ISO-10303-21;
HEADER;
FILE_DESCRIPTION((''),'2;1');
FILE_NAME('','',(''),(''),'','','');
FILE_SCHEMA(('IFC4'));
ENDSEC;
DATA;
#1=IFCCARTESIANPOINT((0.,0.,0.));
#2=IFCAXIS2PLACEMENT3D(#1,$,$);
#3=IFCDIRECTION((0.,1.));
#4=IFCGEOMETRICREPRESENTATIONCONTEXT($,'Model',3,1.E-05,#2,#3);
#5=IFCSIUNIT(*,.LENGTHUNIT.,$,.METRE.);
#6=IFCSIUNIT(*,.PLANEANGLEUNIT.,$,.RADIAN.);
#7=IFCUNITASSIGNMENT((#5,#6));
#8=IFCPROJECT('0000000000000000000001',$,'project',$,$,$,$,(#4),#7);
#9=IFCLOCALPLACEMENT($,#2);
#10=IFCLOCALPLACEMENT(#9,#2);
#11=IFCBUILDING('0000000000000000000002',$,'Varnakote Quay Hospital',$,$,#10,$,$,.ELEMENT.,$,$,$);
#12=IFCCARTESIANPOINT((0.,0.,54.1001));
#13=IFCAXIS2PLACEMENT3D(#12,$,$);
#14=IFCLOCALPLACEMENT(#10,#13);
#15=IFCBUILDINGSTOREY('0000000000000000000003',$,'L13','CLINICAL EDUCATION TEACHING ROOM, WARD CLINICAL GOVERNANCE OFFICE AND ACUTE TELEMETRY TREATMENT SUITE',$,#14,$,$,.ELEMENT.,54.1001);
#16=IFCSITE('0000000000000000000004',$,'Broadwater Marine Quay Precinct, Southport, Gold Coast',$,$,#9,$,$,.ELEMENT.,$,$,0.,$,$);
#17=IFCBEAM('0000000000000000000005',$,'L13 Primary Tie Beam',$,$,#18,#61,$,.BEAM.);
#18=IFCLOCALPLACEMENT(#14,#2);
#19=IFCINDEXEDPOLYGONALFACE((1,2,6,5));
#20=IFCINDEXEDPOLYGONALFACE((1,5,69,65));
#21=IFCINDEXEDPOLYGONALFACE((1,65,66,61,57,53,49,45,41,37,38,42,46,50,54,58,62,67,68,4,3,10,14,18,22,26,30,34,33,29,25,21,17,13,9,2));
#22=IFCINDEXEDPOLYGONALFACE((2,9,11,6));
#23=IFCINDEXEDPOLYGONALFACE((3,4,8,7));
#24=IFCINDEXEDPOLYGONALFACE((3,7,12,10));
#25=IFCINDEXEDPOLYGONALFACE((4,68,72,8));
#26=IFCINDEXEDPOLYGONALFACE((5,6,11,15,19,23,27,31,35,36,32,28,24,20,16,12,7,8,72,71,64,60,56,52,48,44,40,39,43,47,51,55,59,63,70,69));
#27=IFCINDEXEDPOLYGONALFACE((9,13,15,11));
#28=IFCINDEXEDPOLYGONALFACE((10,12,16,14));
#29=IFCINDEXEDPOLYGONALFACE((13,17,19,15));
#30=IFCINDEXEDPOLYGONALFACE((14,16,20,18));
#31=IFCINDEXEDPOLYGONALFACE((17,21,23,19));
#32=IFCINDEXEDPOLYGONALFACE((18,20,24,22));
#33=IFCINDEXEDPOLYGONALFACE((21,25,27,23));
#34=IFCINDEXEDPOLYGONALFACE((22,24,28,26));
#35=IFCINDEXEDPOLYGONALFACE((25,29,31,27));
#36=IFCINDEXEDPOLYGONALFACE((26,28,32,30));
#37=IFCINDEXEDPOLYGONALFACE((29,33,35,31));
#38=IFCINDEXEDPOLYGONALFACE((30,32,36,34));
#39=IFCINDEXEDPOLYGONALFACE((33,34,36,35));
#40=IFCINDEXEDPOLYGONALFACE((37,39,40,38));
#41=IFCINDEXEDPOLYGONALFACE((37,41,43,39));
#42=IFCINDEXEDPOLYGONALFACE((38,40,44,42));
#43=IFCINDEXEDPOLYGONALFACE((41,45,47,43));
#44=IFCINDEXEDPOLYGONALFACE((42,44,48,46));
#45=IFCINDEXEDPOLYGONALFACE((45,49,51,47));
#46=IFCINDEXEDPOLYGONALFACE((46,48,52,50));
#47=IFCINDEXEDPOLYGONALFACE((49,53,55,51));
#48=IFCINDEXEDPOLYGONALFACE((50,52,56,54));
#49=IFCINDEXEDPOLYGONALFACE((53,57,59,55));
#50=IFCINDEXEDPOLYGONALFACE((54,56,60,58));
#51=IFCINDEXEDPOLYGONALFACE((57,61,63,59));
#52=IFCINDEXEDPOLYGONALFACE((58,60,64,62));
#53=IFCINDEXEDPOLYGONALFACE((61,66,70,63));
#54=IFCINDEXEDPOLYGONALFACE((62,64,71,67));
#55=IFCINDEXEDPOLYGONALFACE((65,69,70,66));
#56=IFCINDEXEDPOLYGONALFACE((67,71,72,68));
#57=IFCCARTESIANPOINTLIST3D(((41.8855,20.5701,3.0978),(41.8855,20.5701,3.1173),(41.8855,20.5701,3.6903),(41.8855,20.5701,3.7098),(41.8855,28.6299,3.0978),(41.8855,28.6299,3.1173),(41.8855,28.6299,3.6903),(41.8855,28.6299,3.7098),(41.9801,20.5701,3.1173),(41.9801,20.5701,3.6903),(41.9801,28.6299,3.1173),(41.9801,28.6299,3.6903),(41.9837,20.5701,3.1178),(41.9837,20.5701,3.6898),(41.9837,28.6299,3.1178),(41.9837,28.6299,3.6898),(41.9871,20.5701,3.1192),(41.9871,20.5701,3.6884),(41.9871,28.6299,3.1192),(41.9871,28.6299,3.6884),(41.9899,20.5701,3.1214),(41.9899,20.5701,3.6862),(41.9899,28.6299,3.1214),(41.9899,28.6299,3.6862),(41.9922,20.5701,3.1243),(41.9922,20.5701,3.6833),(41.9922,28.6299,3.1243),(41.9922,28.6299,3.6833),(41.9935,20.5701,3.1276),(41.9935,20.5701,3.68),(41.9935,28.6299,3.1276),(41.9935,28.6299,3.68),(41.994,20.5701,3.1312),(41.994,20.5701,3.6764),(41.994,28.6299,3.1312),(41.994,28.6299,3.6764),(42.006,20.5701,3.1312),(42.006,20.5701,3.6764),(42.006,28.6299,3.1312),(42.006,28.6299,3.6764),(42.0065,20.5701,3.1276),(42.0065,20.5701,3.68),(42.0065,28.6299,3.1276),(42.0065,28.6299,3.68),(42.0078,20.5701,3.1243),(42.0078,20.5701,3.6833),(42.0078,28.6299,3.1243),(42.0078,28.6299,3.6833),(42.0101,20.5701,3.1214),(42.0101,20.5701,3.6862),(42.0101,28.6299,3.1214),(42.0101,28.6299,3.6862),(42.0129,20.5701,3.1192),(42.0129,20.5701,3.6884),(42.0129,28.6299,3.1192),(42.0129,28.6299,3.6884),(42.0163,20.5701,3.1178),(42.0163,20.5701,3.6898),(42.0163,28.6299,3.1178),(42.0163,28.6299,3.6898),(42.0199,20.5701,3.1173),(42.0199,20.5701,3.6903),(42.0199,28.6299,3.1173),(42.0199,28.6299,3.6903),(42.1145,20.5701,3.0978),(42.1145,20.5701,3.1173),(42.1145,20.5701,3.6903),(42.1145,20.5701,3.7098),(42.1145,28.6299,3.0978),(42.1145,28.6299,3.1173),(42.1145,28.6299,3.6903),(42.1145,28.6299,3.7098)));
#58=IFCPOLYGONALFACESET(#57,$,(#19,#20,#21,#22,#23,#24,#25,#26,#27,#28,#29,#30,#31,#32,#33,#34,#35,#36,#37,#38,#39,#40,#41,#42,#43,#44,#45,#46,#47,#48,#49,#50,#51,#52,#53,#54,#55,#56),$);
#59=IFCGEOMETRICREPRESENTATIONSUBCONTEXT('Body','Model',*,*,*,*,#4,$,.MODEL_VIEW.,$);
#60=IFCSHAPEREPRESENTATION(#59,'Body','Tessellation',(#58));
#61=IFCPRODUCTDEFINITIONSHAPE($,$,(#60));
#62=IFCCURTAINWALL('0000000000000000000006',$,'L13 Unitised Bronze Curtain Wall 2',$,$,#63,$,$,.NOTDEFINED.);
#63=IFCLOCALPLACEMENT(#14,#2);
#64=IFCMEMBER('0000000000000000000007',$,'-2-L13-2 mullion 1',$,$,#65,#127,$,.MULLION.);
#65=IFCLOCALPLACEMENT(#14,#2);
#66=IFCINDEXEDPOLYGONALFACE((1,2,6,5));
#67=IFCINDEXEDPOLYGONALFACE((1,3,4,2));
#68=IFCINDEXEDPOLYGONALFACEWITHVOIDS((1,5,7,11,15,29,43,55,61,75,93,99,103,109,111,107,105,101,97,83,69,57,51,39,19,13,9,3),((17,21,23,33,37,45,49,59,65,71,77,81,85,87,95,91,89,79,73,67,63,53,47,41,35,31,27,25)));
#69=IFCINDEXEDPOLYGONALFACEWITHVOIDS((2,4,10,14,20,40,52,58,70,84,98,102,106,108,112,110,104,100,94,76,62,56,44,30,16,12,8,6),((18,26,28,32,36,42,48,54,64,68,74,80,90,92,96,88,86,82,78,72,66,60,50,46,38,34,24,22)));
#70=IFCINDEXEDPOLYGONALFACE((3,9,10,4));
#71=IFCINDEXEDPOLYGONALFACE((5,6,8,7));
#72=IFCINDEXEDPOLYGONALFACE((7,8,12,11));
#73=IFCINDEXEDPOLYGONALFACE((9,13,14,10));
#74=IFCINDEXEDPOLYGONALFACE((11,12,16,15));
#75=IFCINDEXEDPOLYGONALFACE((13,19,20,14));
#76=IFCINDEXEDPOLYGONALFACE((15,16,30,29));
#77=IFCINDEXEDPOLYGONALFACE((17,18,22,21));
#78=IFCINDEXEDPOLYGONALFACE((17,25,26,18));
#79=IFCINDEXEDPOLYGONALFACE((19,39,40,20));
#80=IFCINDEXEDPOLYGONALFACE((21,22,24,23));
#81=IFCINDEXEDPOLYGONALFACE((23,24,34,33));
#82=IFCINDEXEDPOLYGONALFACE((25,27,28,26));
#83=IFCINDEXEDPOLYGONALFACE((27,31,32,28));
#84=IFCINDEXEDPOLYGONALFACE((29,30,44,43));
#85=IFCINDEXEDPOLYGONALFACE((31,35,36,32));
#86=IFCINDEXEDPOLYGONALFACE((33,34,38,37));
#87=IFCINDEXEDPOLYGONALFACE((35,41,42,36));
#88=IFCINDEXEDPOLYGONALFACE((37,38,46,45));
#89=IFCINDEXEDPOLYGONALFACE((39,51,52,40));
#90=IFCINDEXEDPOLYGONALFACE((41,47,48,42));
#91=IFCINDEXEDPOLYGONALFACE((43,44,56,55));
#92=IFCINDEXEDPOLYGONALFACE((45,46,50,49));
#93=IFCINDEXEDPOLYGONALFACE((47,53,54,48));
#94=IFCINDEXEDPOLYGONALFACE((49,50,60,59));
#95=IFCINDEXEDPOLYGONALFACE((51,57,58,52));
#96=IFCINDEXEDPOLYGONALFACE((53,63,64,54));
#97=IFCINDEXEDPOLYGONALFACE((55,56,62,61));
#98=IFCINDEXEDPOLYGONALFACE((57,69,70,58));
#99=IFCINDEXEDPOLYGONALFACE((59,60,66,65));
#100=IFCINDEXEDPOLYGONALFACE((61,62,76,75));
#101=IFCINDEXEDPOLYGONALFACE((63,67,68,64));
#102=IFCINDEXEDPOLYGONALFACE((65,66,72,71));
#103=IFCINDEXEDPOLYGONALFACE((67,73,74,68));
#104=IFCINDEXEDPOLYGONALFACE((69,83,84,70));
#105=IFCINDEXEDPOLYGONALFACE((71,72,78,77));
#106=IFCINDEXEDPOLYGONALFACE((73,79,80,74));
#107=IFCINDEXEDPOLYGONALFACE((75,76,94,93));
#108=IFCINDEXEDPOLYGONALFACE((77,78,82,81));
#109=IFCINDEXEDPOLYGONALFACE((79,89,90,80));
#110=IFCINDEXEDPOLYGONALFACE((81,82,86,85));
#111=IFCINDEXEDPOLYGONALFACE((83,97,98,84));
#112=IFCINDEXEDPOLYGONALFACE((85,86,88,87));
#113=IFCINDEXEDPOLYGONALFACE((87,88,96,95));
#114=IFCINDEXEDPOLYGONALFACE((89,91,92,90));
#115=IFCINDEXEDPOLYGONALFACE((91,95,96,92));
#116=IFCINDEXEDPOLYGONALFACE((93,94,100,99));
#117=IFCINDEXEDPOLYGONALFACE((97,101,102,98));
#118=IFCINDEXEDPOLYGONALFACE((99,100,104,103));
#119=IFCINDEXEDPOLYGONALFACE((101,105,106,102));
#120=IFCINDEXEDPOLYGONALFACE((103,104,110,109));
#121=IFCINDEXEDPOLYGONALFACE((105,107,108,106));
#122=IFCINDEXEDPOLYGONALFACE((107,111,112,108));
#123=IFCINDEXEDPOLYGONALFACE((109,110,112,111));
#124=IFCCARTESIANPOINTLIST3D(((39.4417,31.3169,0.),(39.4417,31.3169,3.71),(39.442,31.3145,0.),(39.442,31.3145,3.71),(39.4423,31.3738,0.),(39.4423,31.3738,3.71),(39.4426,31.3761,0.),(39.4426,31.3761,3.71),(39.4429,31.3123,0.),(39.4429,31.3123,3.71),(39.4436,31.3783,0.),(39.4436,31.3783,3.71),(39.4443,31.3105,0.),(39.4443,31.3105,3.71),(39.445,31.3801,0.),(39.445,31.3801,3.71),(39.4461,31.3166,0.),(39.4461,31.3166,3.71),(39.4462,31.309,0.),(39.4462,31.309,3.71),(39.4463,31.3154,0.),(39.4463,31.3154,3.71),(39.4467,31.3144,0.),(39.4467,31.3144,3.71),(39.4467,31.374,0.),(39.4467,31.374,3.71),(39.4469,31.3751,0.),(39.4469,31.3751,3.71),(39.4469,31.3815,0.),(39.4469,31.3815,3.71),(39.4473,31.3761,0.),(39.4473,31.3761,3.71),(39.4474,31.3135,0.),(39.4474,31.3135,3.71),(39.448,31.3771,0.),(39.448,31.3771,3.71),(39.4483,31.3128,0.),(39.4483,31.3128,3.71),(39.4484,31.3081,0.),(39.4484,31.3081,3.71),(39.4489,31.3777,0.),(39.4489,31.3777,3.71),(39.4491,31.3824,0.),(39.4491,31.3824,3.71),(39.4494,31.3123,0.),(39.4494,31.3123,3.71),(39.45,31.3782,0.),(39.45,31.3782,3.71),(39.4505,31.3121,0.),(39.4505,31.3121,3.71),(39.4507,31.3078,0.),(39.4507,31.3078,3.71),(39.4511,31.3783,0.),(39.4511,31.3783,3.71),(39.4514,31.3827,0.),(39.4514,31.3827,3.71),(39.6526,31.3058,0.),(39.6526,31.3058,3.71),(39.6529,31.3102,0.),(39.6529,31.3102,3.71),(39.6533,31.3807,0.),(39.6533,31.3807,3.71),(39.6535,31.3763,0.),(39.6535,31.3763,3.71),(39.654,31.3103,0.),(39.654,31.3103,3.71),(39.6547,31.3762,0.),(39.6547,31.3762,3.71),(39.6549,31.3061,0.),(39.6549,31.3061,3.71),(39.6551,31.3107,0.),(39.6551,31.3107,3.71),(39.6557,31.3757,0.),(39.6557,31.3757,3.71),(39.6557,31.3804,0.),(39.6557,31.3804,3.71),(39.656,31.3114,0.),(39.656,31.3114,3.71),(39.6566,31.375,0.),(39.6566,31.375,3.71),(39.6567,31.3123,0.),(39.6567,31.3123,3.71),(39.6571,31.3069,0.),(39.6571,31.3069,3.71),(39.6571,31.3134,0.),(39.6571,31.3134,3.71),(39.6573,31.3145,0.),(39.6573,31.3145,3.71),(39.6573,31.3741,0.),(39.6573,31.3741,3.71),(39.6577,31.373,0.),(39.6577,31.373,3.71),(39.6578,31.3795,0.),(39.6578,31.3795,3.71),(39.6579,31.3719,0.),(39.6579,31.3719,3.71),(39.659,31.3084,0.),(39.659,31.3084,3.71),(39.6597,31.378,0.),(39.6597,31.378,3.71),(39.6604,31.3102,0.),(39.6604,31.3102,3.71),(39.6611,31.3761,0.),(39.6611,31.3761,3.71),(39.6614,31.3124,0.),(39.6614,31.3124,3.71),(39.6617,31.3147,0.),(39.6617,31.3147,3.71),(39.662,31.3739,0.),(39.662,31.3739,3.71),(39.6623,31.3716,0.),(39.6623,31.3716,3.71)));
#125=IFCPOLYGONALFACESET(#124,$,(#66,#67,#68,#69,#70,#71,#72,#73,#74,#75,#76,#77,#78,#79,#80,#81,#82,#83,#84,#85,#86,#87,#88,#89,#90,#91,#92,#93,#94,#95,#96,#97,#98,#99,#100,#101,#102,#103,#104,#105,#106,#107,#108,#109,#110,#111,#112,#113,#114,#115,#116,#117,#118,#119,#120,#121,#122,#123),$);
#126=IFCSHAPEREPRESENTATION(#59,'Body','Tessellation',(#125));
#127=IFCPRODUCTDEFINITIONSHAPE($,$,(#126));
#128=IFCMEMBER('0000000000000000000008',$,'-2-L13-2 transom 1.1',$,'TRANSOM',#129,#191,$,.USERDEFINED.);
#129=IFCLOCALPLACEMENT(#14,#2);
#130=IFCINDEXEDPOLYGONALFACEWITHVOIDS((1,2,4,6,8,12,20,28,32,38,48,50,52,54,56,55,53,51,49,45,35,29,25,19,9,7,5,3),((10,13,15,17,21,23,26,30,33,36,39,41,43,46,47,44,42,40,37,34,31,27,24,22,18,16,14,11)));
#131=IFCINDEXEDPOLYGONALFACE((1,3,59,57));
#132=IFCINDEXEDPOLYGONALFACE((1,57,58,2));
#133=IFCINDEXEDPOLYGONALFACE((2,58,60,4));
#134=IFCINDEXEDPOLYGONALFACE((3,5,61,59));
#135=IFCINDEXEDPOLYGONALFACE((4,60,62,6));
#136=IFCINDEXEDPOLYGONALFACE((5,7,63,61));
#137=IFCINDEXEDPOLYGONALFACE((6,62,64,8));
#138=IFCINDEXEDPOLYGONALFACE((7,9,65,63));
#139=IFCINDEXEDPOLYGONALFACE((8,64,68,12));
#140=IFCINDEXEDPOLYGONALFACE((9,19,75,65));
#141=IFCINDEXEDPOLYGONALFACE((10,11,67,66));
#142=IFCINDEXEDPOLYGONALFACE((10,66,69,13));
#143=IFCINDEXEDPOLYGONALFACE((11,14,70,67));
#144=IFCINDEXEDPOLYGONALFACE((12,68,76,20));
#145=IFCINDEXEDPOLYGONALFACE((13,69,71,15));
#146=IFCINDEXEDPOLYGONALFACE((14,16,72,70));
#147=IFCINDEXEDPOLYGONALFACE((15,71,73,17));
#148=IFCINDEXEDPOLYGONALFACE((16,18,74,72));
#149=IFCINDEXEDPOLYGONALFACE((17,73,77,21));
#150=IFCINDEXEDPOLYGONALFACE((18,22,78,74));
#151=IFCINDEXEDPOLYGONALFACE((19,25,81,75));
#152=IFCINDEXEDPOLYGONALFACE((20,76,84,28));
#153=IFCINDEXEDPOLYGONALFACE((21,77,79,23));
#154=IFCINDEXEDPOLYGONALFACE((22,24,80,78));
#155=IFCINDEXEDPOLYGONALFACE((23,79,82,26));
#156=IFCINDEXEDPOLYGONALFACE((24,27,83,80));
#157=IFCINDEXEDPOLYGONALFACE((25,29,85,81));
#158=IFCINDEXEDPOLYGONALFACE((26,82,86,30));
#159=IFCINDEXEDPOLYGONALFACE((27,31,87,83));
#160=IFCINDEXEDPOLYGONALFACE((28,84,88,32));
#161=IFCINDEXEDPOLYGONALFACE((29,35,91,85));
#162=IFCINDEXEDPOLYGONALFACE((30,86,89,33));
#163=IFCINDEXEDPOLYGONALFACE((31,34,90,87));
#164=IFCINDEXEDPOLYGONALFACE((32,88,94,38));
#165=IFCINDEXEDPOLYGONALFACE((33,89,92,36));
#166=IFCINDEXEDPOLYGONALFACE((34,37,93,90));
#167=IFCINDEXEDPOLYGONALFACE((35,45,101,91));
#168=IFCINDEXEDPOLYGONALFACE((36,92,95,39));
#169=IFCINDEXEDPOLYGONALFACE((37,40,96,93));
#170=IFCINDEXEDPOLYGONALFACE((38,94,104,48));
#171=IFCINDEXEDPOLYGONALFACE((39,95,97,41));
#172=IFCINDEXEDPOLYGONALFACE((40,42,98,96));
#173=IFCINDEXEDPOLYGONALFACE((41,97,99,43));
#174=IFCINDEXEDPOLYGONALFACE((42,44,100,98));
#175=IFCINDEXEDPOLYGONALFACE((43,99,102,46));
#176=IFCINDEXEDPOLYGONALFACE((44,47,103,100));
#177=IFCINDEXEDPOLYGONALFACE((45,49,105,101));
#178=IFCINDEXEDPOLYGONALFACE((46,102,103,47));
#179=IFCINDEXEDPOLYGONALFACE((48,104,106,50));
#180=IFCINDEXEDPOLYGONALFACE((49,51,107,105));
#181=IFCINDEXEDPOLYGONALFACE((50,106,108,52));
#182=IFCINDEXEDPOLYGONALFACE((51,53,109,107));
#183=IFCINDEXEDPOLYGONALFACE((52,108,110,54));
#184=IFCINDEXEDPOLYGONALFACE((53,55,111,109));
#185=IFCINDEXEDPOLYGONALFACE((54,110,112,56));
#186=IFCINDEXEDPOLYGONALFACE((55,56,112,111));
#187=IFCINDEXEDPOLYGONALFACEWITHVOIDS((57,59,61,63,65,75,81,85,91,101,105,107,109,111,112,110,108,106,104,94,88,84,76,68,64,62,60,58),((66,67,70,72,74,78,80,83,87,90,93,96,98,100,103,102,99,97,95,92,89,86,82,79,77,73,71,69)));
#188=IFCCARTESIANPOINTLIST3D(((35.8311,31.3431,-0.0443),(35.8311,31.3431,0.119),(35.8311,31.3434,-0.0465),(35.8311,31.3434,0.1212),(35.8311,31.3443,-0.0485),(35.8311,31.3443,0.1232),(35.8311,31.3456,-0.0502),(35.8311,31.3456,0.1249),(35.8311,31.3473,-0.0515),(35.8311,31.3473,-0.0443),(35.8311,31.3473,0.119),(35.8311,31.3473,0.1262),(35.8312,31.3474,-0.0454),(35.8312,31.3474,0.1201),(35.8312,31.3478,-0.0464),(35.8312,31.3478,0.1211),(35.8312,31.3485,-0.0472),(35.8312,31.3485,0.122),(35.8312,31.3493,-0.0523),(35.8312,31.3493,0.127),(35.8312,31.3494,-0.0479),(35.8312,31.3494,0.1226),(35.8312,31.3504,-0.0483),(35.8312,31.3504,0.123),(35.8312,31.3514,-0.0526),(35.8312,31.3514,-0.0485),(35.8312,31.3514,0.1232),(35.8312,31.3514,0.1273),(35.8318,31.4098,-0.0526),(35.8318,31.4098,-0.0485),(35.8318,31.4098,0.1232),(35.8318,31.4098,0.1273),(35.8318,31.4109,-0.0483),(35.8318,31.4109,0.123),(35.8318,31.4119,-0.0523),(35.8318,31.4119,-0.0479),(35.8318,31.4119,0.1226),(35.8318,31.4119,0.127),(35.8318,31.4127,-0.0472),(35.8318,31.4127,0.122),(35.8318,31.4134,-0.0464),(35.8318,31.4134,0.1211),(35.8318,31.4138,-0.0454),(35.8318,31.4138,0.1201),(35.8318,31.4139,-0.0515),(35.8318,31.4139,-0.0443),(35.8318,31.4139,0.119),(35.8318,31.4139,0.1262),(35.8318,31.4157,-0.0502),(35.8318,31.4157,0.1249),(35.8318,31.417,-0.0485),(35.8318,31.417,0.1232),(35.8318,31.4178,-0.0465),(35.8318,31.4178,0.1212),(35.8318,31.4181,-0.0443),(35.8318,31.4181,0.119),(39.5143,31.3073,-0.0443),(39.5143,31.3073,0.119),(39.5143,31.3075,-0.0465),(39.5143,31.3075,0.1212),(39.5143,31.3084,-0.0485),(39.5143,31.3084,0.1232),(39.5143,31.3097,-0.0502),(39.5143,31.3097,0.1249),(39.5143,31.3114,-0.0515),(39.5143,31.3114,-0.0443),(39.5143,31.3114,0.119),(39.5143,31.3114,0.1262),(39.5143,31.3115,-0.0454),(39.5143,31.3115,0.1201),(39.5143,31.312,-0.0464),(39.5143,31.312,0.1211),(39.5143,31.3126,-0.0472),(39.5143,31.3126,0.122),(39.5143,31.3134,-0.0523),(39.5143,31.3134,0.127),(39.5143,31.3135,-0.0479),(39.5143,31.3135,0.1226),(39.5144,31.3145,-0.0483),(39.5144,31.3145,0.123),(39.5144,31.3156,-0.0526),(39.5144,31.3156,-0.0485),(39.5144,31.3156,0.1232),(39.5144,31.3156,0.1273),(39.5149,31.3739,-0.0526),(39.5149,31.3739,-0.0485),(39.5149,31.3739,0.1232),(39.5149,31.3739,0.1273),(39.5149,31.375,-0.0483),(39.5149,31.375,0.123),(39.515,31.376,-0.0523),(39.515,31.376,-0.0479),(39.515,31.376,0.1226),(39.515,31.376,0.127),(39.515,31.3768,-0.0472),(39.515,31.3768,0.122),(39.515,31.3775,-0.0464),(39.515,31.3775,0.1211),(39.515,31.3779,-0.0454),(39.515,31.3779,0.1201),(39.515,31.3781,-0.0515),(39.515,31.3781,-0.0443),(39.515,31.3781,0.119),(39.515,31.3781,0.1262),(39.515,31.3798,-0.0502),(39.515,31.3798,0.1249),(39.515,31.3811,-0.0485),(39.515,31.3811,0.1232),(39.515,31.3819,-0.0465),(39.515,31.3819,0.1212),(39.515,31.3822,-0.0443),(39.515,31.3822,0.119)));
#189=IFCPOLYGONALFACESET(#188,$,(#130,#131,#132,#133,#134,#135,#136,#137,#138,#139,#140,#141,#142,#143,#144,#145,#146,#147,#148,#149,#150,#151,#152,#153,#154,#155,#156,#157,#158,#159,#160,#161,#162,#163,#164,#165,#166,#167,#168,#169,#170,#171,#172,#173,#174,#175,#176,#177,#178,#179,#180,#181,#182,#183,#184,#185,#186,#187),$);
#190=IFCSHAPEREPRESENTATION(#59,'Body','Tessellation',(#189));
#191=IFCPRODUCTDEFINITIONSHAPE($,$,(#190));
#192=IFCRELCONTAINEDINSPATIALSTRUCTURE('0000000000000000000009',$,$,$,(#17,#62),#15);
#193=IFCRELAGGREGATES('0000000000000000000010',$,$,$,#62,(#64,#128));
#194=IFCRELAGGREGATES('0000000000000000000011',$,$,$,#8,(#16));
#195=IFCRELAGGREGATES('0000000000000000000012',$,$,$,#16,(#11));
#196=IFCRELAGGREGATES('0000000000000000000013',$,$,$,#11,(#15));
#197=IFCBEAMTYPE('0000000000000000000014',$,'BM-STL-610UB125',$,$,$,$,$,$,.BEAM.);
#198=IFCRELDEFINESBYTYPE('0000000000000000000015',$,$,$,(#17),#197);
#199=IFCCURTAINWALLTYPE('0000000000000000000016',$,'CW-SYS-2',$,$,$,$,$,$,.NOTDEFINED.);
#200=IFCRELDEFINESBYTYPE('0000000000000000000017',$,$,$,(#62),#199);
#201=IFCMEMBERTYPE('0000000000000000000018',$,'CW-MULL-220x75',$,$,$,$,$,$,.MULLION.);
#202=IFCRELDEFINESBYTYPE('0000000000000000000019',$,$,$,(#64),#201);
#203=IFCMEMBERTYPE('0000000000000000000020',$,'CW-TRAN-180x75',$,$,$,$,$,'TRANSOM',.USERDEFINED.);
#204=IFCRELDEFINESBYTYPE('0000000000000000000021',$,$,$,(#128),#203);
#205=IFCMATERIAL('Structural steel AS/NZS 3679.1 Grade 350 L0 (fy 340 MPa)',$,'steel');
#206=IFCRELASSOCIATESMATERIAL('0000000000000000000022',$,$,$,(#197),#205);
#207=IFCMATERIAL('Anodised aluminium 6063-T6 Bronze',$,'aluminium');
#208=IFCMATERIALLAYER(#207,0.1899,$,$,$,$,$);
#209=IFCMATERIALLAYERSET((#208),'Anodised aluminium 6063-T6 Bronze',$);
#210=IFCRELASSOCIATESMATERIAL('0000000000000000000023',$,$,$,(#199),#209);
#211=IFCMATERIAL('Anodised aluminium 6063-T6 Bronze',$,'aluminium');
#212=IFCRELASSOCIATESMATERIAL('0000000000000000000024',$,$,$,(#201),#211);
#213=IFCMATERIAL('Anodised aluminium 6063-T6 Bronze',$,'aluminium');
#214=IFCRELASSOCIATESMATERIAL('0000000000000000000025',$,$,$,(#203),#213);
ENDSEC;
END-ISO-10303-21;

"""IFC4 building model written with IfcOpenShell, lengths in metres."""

from ifc_helpers import new_model, si_unit, direction, frame, origin, origin_2d, place, context, subcontext, project, spatial, hollow_rectangle, i_section, extrude, material, layer, layer_set, material_profile, profile_set, type_object, element, aggregate, save


model = new_model("IFC4")

# Units and contexts
model_context = context("Model", 3, precision=1e-05, world=origin(), true_north=direction((0.0, 1.0)))
body_context = subcontext(model_context, "Body", "Model", "MODEL_VIEW")
ifc_project = project(units=[si_unit("LENGTHUNIT", "METRE"), si_unit("PLANEANGLEUNIT", "RADIAN")], contexts=[model_context])

# Site, building, storey
site_placement = place(None, origin())
site = spatial("IfcSite", under=ifc_project, at=site_placement, Name="Broadwater Marine Quay Precinct, Southport, Gold Coast", CompositionType="ELEMENT", RefElevation=0.0)
building_placement = place(site_placement, origin())
building = spatial("IfcBuilding", under=site, at=building_placement, Name="Varnakote Quay Hospital", CompositionType="ELEMENT")
storey_placement = place(building_placement, frame((0.0, 0.0, 54.1001)))
storey = spatial("IfcBuildingStorey", under=building, at=storey_placement, Name="L13", Description="CLINICAL EDUCATION TEACHING ROOM, WARD CLINICAL GOVERNANCE OFFICE AND ACUTE TELEMETRY TREATMENT SUITE", CompositionType="ELEMENT", Elevation=54.1001)

# Beam
ifc_material_1 = material(Name="Structural steel AS/NZS 3679.1 Grade 350 L0 (fy 340 MPa)", Category="steel")
ifc_material_profile_1 = material_profile(ifc_material_1, i_section(OverallWidth=0.229, OverallDepth=0.6121, WebThickness=0.012, FlangeThickness=0.0195, FilletRadius=0.0139, at=origin_2d()), Name="610UB125")
ifc_profile_set_1 = profile_set([ifc_material_profile_1], Name="Structural steel AS/NZS 3679.1 Grade 350 L0 (fy 340 MPa)")
beam_type_1 = type_object("IfcBeamType", Name="BM-STL-610UB125", PredefinedType="BEAM", material=ifc_profile_set_1)
beam_1_placement = place(storey_placement, frame((42.0, 20.5701, 3.4038), z_axis=(0.0, 1.0, 0.0), x_axis=(-1.0, 0.0, 0.0)))
element("IfcBeam", 1, at=beam_1_placement, inside=storey, type_object=beam_type_1, Name="L13 Primary Tie Beam", PredefinedType="BEAM", context=body_context, shape_type="SweptSolid", body=[
    extrude(i_section(OverallWidth=0.229, OverallDepth=0.6121, WebThickness=0.012, FlangeThickness=0.0195, FilletRadius=0.0139, at=origin_2d()), origin(), (0.0, 0.0, 1.0), 8.0598),
])

# Curtain wall, members
ifc_material_2 = material(Name="Anodised aluminium 6063-T6 Bronze", Category="aluminium")
ifc_layer_1 = layer(ifc_material_2, 0.1899)
ifc_layer_set_1 = layer_set([ifc_layer_1], Name="Anodised aluminium 6063-T6 Bronze")
curtain_wall_type = type_object("IfcCurtainWallType", Name="CW-SYS-2", PredefinedType="NOTDEFINED", material=ifc_layer_set_1)
curtain_wall_placement = place(storey_placement, origin())
curtain_wall = element("IfcCurtainWall", 2, at=curtain_wall_placement, inside=storey, type_object=curtain_wall_type, Name="L13 Unitised Bronze Curtain Wall 2", PredefinedType="NOTDEFINED")
ifc_material_3 = material(Name="Anodised aluminium 6063-T6 Bronze", Category="aluminium")
ifc_material_profile_2 = material_profile(ifc_material_3, hollow_rectangle(XDim=0.075, YDim=0.22, WallThickness=0.0044, InnerFilletRadius=0.0044, OuterFilletRadius=0.009, at=origin_2d()), Name="CW-MULL-220x75")
ifc_profile_set_2 = profile_set([ifc_material_profile_2], Name="Anodised aluminium 6063-T6 Bronze")
member_type_1 = type_object("IfcMemberType", Name="CW-MULL-220x75", PredefinedType="MULLION", material=ifc_profile_set_2)
member_1_placement = place(storey_placement, frame((39.552, 31.3442, 0.0), z_axis=(0.0, 0.0, 1.0), x_axis=(-0.009774, -0.999952, 0.0)))
member_1 = element("IfcMember", 3, at=member_1_placement, type_object=member_type_1, Name="-2-L13-2 mullion 1", PredefinedType="MULLION", context=body_context, shape_type="SweptSolid", body=[
    extrude(hollow_rectangle(XDim=0.075, YDim=0.22, WallThickness=0.0044, InnerFilletRadius=0.0044, OuterFilletRadius=0.009, at=origin_2d()), origin(), (0.0, 0.0, 1.0), 3.71),
])
ifc_material_4 = material(Name="Anodised aluminium 6063-T6 Bronze", Category="aluminium")
ifc_material_profile_3 = material_profile(ifc_material_4, hollow_rectangle(XDim=0.075, YDim=0.1799, WallThickness=0.0042, InnerFilletRadius=0.0042, OuterFilletRadius=0.0083, at=origin_2d()), Name="CW-TRAN-180x75")
ifc_profile_set_3 = profile_set([ifc_material_profile_3], Name="Anodised aluminium 6063-T6 Bronze")
member_type_2 = type_object("IfcMemberType", Name="CW-TRAN-180x75", ElementType="TRANSOM", PredefinedType="USERDEFINED", material=ifc_profile_set_3)
member_2_placement = place(storey_placement, frame((39.5146, 31.3447, 0.0374), z_axis=(-0.999953, 0.009744, 0.0), x_axis=(-0.009744, -0.999953, 0.0)))
member_2 = element("IfcMember", 4, at=member_2_placement, type_object=member_type_2, Name="-2-L13-2 transom 1.1", ObjectType="TRANSOM", PredefinedType="USERDEFINED", context=body_context, shape_type="SweptSolid", body=[
    extrude(hollow_rectangle(XDim=0.075, YDim=0.1799, WallThickness=0.0042, InnerFilletRadius=0.0042, OuterFilletRadius=0.0083, at=origin_2d()), origin(), (0.0, 0.0, 1.0), 3.6833),
])
aggregate(curtain_wall, [member_1, member_2])

save(model, "model.ifc")
